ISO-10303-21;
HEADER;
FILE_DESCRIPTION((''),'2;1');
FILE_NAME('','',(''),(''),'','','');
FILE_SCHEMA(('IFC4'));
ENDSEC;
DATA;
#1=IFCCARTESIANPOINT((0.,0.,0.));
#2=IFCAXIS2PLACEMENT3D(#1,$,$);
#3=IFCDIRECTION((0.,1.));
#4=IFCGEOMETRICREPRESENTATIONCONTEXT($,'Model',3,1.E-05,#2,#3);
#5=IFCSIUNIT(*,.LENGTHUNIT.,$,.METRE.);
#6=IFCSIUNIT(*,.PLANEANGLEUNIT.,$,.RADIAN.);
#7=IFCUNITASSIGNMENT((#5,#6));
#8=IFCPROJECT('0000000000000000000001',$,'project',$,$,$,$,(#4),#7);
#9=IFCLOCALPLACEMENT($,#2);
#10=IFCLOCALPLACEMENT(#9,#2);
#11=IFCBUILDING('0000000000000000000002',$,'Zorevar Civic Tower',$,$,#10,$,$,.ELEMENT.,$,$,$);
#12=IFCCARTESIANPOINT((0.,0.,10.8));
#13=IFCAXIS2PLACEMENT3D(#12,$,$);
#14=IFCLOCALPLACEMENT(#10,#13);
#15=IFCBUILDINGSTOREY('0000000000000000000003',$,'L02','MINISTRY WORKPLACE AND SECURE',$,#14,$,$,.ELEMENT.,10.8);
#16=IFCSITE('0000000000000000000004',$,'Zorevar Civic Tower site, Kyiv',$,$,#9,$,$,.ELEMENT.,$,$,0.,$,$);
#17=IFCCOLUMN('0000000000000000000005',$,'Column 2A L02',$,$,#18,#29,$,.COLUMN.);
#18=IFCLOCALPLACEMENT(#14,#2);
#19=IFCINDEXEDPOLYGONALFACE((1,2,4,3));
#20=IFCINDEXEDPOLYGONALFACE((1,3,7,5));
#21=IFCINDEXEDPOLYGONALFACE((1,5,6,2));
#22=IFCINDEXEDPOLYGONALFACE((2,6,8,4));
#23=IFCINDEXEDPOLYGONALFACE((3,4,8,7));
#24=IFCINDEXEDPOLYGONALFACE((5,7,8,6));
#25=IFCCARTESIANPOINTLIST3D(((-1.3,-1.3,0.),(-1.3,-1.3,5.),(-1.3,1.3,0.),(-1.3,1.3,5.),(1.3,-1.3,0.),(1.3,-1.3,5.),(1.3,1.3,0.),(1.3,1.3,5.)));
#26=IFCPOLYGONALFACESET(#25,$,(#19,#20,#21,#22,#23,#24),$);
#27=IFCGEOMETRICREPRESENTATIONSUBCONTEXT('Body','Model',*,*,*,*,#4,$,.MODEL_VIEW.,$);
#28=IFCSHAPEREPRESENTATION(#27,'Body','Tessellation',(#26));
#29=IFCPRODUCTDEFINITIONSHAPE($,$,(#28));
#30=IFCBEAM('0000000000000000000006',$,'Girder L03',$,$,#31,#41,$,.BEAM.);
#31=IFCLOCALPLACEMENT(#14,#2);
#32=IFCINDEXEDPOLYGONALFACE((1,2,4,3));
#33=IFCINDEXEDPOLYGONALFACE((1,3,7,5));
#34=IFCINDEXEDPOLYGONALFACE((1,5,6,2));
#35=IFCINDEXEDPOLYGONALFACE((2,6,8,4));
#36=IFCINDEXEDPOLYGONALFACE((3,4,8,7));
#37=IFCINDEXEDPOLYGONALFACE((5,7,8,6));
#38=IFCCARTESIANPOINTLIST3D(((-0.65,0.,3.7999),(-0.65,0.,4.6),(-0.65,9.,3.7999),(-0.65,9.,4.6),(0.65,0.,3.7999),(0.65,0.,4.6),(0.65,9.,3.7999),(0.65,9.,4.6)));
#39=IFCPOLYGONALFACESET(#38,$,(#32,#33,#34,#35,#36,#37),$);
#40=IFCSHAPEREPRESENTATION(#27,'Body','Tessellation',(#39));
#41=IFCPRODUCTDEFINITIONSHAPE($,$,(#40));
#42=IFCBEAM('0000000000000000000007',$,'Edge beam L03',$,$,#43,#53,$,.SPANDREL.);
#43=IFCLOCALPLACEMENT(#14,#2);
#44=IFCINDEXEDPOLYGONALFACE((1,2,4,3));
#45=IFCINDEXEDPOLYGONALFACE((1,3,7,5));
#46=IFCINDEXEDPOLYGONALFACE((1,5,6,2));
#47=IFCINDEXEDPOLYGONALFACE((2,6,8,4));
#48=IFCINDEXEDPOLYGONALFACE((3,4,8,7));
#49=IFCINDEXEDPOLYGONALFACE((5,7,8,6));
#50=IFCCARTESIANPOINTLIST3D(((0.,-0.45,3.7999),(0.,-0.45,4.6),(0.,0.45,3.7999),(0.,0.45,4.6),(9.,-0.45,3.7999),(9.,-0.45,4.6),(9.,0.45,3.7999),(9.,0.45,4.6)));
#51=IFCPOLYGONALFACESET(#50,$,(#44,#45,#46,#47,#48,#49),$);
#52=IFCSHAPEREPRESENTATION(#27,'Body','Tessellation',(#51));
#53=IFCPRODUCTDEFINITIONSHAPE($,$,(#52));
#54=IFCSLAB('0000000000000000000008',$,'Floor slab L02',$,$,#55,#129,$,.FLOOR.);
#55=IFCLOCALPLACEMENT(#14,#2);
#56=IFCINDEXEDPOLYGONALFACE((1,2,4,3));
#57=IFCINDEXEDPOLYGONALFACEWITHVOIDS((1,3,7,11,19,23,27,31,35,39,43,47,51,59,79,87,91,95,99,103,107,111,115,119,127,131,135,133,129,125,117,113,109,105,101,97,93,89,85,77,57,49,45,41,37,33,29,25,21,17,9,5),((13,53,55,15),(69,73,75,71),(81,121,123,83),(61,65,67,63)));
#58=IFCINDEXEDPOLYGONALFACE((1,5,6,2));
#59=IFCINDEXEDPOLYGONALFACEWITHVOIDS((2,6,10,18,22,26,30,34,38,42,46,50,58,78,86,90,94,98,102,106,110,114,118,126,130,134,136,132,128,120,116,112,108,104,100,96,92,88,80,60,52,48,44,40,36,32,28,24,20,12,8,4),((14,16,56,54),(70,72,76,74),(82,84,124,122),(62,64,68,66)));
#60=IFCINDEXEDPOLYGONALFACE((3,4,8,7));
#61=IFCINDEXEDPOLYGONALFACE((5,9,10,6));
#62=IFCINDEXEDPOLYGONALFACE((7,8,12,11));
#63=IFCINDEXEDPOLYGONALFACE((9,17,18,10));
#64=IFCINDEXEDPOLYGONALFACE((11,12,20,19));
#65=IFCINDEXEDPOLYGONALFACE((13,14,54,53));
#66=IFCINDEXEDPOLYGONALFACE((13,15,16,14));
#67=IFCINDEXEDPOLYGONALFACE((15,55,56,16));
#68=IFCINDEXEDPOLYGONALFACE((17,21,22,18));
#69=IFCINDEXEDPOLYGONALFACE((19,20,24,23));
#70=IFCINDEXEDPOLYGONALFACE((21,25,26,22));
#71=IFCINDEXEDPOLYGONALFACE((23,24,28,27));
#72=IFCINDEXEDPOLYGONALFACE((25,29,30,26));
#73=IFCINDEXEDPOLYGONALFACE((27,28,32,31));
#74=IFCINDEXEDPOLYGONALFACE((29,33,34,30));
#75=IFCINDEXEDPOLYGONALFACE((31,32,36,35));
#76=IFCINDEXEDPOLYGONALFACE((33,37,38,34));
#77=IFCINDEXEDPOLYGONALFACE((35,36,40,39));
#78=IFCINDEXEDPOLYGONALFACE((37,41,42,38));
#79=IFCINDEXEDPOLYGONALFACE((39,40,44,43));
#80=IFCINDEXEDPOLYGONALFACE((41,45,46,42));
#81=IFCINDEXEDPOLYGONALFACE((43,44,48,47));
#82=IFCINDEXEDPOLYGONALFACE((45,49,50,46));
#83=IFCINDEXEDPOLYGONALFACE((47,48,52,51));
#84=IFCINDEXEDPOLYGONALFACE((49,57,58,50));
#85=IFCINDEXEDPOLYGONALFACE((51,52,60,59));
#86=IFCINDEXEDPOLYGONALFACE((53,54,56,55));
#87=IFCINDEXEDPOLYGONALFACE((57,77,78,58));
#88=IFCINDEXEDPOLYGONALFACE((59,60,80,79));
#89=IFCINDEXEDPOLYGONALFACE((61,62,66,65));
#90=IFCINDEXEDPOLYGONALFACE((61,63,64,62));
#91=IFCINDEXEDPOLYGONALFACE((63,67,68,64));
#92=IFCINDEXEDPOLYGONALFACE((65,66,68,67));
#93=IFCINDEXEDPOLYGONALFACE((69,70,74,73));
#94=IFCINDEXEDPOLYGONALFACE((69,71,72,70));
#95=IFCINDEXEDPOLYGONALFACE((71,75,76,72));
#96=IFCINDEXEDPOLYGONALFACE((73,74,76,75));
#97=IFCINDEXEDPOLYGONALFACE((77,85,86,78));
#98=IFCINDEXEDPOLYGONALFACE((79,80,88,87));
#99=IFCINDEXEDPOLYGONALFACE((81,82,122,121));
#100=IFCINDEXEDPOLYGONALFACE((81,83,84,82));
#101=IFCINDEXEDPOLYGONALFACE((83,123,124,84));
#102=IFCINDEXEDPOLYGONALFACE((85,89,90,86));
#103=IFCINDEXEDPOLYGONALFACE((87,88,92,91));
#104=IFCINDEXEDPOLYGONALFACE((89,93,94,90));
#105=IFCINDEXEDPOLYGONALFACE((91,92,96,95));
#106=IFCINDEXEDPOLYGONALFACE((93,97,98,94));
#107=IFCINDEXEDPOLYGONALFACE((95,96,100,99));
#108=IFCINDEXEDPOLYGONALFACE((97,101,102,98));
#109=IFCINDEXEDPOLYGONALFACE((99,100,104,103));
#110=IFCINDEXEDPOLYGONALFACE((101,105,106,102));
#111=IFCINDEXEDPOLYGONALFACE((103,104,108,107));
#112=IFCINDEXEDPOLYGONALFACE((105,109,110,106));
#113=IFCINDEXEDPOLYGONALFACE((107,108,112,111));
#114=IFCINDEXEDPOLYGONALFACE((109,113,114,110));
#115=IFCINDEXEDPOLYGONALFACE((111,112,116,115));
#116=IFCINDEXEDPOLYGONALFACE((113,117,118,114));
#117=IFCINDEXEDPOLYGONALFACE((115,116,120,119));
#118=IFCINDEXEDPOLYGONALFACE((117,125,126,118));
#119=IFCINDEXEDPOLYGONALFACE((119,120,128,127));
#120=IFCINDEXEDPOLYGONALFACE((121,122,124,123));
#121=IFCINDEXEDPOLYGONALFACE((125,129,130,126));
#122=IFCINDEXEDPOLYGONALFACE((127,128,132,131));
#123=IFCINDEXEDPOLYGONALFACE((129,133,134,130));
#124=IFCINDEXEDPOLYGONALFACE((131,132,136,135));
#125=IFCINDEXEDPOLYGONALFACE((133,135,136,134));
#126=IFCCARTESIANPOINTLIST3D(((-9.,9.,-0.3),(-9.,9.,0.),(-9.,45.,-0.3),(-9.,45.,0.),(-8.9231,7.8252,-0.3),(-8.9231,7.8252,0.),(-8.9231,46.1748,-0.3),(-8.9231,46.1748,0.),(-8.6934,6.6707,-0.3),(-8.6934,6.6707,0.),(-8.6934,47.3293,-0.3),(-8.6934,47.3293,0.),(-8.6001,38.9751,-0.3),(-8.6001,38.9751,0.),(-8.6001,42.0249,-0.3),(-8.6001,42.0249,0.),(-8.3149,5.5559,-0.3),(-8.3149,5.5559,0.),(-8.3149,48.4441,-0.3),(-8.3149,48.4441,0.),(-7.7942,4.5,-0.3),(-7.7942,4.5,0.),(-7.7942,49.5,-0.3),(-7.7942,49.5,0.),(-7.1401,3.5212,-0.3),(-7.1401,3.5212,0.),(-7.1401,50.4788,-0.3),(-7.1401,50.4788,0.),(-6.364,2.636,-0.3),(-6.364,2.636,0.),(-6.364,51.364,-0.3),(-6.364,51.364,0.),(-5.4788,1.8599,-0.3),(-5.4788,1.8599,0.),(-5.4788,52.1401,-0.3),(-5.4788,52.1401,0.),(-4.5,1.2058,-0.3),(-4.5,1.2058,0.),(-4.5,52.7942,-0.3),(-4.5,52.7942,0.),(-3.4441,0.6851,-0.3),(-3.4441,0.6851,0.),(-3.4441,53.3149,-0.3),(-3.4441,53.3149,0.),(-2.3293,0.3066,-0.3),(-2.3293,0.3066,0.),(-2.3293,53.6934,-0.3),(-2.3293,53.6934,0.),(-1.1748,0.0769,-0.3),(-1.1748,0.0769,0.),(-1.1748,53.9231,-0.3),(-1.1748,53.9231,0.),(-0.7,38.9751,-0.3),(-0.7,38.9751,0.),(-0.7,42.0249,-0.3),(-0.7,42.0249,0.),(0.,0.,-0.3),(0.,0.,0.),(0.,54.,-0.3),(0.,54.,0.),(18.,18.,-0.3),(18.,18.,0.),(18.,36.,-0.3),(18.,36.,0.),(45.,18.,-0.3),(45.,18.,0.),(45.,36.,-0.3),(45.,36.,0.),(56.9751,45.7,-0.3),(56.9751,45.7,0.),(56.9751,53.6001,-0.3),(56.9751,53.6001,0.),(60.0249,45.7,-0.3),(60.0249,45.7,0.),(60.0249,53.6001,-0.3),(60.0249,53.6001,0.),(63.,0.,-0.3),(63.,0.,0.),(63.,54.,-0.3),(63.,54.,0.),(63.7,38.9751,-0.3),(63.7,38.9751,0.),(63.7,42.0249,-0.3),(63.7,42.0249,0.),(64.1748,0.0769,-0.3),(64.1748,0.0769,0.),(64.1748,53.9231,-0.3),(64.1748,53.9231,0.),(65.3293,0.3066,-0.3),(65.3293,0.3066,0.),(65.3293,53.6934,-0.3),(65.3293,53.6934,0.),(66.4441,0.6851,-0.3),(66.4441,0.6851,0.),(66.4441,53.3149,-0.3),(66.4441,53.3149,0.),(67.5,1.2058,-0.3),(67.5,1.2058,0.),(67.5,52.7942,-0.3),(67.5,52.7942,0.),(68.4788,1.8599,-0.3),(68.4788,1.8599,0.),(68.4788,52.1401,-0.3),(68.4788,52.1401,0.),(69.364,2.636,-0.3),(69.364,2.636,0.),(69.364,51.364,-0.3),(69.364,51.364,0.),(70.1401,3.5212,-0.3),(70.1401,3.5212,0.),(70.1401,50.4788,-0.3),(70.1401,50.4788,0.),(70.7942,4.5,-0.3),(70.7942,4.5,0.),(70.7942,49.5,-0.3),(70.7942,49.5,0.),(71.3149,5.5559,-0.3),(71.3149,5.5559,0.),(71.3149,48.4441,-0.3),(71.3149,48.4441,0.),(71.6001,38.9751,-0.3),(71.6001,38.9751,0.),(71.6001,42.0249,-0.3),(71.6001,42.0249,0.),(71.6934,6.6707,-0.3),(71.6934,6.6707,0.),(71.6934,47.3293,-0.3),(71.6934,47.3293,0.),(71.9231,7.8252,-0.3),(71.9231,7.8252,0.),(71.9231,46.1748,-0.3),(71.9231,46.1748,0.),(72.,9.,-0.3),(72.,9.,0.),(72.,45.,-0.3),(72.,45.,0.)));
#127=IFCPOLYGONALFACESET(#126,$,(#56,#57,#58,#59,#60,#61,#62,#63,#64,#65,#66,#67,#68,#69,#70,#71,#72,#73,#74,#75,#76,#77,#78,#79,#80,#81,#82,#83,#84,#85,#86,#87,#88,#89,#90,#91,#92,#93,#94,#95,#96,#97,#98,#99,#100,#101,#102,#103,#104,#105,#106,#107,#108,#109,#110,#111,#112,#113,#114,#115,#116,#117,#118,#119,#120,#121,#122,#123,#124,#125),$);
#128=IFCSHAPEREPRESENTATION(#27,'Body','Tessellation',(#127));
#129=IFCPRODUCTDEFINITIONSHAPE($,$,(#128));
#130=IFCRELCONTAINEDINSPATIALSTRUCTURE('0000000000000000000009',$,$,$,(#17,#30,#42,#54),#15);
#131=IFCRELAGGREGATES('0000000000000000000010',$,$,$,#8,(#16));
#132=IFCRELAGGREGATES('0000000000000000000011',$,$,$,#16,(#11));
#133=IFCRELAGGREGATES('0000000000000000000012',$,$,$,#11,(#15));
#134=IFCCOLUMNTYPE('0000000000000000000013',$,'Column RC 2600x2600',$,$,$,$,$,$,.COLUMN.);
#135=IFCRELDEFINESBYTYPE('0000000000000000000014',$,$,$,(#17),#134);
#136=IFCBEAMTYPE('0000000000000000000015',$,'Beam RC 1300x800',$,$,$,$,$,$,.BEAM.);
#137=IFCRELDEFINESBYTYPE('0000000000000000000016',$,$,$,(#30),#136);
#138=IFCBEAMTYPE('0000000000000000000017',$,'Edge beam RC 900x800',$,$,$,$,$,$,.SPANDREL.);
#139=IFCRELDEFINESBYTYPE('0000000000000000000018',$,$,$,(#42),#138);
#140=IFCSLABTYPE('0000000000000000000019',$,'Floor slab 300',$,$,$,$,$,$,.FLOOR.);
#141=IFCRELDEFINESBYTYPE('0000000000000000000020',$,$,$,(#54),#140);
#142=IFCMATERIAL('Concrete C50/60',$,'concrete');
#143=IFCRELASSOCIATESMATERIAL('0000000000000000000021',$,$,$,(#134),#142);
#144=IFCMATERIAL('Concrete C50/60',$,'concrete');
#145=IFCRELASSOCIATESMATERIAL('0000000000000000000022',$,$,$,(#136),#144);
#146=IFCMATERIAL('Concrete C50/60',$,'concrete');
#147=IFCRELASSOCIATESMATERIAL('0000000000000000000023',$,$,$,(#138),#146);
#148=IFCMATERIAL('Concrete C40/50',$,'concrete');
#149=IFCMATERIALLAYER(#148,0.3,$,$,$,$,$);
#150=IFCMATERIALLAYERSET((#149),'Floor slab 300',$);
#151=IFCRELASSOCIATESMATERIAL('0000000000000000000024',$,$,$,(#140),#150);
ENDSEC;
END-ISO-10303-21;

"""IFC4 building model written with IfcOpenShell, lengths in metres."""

from ifc_helpers import new_model, si_unit, direction, frame, origin, origin_with_axes, origin_2d, place, context, subcontext, project, spatial, polyline, rectangle, outline, extrude, material, layer, layer_set, material_profile, profile_set, type_object, element, save


model = new_model("IFC4")

# Units and contexts
model_context = context("Model", 3, precision=1e-05, world=origin(), true_north=direction((0.0, 1.0)))
body_context = subcontext(model_context, "Body", "Model", "MODEL_VIEW")
ifc_project = project(units=[si_unit("LENGTHUNIT", "METRE"), si_unit("PLANEANGLEUNIT", "RADIAN")], contexts=[model_context])

# Site, building, storey
site_placement = place(None, origin())
site = spatial("IfcSite", under=ifc_project, at=site_placement, Name="Zorevar Civic Tower site, Kyiv", CompositionType="ELEMENT", RefElevation=0.0)
building_placement = place(site_placement, origin())
building = spatial("IfcBuilding", under=site, at=building_placement, Name="Zorevar Civic Tower", CompositionType="ELEMENT")
storey_placement = place(building_placement, frame((0.0, 0.0, 10.8)))
storey = spatial("IfcBuildingStorey", under=building, at=storey_placement, Name="L02", Description="MINISTRY WORKPLACE AND SECURE", CompositionType="ELEMENT", Elevation=10.8)

# Column
ifc_material_1 = material(Name="Concrete C50/60", Category="concrete")
ifc_material_profile_1 = material_profile(ifc_material_1, rectangle(XDim=2.6001, YDim=2.6001, at=origin_2d()), Name="RC 2600x2600")
ifc_profile_set_1 = profile_set([ifc_material_profile_1], Name="Concrete C50/60")
column_type = type_object("IfcColumnType", Name="Column RC 2600x2600", PredefinedType="COLUMN", material=ifc_profile_set_1)
column_placement = place(storey_placement, origin_with_axes())
element("IfcColumn", 1, at=column_placement, inside=storey, type_object=column_type, Name="Column 2A L02", PredefinedType="COLUMN", context=body_context, shape_type="SweptSolid", body=[
    extrude(rectangle(XDim=2.6001, YDim=2.6001, at=origin_2d()), origin(), (0.0, 0.0, 1.0), 5.0),
])

# Beams
ifc_material_2 = material(Name="Concrete C50/60", Category="concrete")
ifc_material_profile_2 = material_profile(ifc_material_2, rectangle(XDim=1.3, YDim=0.8, at=origin_2d()), Name="RC 1300x800")
ifc_profile_set_2 = profile_set([ifc_material_profile_2], Name="Concrete C50/60")
beam_type_1 = type_object("IfcBeamType", Name="Beam RC 1300x800", PredefinedType="BEAM", material=ifc_profile_set_2)
beam_1_placement = place(storey_placement, frame((0.0, 0.0, 4.2), z_axis=(0.0, 1.0, 0.0), x_axis=(-1.0, 0.0, 0.0)))
element("IfcBeam", 2, at=beam_1_placement, inside=storey, type_object=beam_type_1, Name="Girder L03", PredefinedType="BEAM", context=body_context, shape_type="SweptSolid", body=[
    extrude(rectangle(XDim=1.3, YDim=0.8, at=origin_2d()), origin(), (0.0, 0.0, 1.0), 9.0),
])
ifc_material_3 = material(Name="Concrete C50/60", Category="concrete")
ifc_material_profile_3 = material_profile(ifc_material_3, rectangle(XDim=0.8999, YDim=0.8, at=origin_2d()), Name="RC 900x800")
ifc_profile_set_3 = profile_set([ifc_material_profile_3], Name="Concrete C50/60")
beam_type_2 = type_object("IfcBeamType", Name="Edge beam RC 900x800", PredefinedType="SPANDREL", material=ifc_profile_set_3)
beam_2_placement = place(storey_placement, frame((0.0, 0.0, 4.2), z_axis=(1.0, 0.0, 0.0), x_axis=(0.0, 1.0, 0.0)))
element("IfcBeam", 3, at=beam_2_placement, inside=storey, type_object=beam_type_2, Name="Edge beam L03", PredefinedType="SPANDREL", context=body_context, shape_type="SweptSolid", body=[
    extrude(rectangle(XDim=0.8999, YDim=0.8, at=origin_2d()), origin(), (0.0, 0.0, 1.0), 9.0),
])

# Slab
ifc_material_4 = material(Name="Concrete C40/50", Category="concrete")
ifc_layer_1 = layer(ifc_material_4, 0.3)
ifc_layer_set_1 = layer_set([ifc_layer_1], Name="Floor slab 300")
slab_type_1 = type_object("IfcSlabType", Name="Floor slab 300", PredefinedType="FLOOR", material=ifc_layer_set_1)
slab_1_placement = place(storey_placement, frame((0.0, 0.0, -0.3)))
element("IfcSlab", 4, at=slab_1_placement, inside=storey, type_object=slab_type_1, Name="Floor slab L02", PredefinedType="FLOOR", context=body_context, shape_type="SweptSolid", body=[
    extrude(outline(polyline([(63.0, 0.0), (64.1748, 0.0769), (65.3293, 0.3066), (66.4441, 0.6851), (67.5, 1.2058), (68.4788, 1.8599), (69.364, 2.636), (70.1401, 3.5212), (70.7942, 4.5), (71.3149, 5.5559), (71.6934, 6.6707), (71.9231, 7.8252), (72.0, 9.0), (72.0, 45.0), (71.9231, 46.1748), (71.6934, 47.3293), (71.3149, 48.4441), (70.7942, 49.5), (70.1401, 50.4788), (69.364, 51.364), (68.4788, 52.1401), (67.5, 52.7942), (66.4441, 53.3149), (65.3293, 53.6934), (64.1748, 53.9231), (63.0, 54.0), (0.0, 54.0), (-1.1748, 53.9231), (-2.3293, 53.6934), (-3.4441, 53.3149), (-4.5, 52.7942), (-5.4788, 52.1401), (-6.364, 51.364), (-7.1401, 50.4788), (-7.7942, 49.5), (-8.3149, 48.4441), (-8.6934, 47.3293), (-8.9231, 46.1748), (-9.0, 45.0), (-9.0, 9.0), (-8.9231, 7.8252), (-8.6934, 6.6707), (-8.3149, 5.5559), (-7.7942, 4.5), (-7.1401, 3.5212), (-6.364, 2.636), (-5.4788, 1.8599), (-4.5, 1.2058), (-3.4441, 0.6851), (-2.3293, 0.3066), (-1.1748, 0.0769), (0.0, 0.0), (63.0, 0.0)]), holes=[polyline([(18.0, 18.0), (45.0, 18.0), (45.0, 36.0), (18.0, 36.0), (18.0, 18.0)]), polyline([(-8.6001, 38.9751), (-0.7, 38.9751), (-0.7, 42.0249), (-8.6001, 42.0249), (-8.6001, 38.9751)]), polyline([(63.7, 38.9751), (71.6001, 38.9751), (71.6001, 42.0249), (63.7, 42.0249), (63.7, 38.9751)]), polyline([(56.9751, 45.7), (60.0249, 45.7), (60.0249, 53.6001), (56.9751, 53.6001), (56.9751, 45.7)])]), origin(), (0.0, 0.0, 1.0), 0.3),
])

save(model, "model.ifc")
